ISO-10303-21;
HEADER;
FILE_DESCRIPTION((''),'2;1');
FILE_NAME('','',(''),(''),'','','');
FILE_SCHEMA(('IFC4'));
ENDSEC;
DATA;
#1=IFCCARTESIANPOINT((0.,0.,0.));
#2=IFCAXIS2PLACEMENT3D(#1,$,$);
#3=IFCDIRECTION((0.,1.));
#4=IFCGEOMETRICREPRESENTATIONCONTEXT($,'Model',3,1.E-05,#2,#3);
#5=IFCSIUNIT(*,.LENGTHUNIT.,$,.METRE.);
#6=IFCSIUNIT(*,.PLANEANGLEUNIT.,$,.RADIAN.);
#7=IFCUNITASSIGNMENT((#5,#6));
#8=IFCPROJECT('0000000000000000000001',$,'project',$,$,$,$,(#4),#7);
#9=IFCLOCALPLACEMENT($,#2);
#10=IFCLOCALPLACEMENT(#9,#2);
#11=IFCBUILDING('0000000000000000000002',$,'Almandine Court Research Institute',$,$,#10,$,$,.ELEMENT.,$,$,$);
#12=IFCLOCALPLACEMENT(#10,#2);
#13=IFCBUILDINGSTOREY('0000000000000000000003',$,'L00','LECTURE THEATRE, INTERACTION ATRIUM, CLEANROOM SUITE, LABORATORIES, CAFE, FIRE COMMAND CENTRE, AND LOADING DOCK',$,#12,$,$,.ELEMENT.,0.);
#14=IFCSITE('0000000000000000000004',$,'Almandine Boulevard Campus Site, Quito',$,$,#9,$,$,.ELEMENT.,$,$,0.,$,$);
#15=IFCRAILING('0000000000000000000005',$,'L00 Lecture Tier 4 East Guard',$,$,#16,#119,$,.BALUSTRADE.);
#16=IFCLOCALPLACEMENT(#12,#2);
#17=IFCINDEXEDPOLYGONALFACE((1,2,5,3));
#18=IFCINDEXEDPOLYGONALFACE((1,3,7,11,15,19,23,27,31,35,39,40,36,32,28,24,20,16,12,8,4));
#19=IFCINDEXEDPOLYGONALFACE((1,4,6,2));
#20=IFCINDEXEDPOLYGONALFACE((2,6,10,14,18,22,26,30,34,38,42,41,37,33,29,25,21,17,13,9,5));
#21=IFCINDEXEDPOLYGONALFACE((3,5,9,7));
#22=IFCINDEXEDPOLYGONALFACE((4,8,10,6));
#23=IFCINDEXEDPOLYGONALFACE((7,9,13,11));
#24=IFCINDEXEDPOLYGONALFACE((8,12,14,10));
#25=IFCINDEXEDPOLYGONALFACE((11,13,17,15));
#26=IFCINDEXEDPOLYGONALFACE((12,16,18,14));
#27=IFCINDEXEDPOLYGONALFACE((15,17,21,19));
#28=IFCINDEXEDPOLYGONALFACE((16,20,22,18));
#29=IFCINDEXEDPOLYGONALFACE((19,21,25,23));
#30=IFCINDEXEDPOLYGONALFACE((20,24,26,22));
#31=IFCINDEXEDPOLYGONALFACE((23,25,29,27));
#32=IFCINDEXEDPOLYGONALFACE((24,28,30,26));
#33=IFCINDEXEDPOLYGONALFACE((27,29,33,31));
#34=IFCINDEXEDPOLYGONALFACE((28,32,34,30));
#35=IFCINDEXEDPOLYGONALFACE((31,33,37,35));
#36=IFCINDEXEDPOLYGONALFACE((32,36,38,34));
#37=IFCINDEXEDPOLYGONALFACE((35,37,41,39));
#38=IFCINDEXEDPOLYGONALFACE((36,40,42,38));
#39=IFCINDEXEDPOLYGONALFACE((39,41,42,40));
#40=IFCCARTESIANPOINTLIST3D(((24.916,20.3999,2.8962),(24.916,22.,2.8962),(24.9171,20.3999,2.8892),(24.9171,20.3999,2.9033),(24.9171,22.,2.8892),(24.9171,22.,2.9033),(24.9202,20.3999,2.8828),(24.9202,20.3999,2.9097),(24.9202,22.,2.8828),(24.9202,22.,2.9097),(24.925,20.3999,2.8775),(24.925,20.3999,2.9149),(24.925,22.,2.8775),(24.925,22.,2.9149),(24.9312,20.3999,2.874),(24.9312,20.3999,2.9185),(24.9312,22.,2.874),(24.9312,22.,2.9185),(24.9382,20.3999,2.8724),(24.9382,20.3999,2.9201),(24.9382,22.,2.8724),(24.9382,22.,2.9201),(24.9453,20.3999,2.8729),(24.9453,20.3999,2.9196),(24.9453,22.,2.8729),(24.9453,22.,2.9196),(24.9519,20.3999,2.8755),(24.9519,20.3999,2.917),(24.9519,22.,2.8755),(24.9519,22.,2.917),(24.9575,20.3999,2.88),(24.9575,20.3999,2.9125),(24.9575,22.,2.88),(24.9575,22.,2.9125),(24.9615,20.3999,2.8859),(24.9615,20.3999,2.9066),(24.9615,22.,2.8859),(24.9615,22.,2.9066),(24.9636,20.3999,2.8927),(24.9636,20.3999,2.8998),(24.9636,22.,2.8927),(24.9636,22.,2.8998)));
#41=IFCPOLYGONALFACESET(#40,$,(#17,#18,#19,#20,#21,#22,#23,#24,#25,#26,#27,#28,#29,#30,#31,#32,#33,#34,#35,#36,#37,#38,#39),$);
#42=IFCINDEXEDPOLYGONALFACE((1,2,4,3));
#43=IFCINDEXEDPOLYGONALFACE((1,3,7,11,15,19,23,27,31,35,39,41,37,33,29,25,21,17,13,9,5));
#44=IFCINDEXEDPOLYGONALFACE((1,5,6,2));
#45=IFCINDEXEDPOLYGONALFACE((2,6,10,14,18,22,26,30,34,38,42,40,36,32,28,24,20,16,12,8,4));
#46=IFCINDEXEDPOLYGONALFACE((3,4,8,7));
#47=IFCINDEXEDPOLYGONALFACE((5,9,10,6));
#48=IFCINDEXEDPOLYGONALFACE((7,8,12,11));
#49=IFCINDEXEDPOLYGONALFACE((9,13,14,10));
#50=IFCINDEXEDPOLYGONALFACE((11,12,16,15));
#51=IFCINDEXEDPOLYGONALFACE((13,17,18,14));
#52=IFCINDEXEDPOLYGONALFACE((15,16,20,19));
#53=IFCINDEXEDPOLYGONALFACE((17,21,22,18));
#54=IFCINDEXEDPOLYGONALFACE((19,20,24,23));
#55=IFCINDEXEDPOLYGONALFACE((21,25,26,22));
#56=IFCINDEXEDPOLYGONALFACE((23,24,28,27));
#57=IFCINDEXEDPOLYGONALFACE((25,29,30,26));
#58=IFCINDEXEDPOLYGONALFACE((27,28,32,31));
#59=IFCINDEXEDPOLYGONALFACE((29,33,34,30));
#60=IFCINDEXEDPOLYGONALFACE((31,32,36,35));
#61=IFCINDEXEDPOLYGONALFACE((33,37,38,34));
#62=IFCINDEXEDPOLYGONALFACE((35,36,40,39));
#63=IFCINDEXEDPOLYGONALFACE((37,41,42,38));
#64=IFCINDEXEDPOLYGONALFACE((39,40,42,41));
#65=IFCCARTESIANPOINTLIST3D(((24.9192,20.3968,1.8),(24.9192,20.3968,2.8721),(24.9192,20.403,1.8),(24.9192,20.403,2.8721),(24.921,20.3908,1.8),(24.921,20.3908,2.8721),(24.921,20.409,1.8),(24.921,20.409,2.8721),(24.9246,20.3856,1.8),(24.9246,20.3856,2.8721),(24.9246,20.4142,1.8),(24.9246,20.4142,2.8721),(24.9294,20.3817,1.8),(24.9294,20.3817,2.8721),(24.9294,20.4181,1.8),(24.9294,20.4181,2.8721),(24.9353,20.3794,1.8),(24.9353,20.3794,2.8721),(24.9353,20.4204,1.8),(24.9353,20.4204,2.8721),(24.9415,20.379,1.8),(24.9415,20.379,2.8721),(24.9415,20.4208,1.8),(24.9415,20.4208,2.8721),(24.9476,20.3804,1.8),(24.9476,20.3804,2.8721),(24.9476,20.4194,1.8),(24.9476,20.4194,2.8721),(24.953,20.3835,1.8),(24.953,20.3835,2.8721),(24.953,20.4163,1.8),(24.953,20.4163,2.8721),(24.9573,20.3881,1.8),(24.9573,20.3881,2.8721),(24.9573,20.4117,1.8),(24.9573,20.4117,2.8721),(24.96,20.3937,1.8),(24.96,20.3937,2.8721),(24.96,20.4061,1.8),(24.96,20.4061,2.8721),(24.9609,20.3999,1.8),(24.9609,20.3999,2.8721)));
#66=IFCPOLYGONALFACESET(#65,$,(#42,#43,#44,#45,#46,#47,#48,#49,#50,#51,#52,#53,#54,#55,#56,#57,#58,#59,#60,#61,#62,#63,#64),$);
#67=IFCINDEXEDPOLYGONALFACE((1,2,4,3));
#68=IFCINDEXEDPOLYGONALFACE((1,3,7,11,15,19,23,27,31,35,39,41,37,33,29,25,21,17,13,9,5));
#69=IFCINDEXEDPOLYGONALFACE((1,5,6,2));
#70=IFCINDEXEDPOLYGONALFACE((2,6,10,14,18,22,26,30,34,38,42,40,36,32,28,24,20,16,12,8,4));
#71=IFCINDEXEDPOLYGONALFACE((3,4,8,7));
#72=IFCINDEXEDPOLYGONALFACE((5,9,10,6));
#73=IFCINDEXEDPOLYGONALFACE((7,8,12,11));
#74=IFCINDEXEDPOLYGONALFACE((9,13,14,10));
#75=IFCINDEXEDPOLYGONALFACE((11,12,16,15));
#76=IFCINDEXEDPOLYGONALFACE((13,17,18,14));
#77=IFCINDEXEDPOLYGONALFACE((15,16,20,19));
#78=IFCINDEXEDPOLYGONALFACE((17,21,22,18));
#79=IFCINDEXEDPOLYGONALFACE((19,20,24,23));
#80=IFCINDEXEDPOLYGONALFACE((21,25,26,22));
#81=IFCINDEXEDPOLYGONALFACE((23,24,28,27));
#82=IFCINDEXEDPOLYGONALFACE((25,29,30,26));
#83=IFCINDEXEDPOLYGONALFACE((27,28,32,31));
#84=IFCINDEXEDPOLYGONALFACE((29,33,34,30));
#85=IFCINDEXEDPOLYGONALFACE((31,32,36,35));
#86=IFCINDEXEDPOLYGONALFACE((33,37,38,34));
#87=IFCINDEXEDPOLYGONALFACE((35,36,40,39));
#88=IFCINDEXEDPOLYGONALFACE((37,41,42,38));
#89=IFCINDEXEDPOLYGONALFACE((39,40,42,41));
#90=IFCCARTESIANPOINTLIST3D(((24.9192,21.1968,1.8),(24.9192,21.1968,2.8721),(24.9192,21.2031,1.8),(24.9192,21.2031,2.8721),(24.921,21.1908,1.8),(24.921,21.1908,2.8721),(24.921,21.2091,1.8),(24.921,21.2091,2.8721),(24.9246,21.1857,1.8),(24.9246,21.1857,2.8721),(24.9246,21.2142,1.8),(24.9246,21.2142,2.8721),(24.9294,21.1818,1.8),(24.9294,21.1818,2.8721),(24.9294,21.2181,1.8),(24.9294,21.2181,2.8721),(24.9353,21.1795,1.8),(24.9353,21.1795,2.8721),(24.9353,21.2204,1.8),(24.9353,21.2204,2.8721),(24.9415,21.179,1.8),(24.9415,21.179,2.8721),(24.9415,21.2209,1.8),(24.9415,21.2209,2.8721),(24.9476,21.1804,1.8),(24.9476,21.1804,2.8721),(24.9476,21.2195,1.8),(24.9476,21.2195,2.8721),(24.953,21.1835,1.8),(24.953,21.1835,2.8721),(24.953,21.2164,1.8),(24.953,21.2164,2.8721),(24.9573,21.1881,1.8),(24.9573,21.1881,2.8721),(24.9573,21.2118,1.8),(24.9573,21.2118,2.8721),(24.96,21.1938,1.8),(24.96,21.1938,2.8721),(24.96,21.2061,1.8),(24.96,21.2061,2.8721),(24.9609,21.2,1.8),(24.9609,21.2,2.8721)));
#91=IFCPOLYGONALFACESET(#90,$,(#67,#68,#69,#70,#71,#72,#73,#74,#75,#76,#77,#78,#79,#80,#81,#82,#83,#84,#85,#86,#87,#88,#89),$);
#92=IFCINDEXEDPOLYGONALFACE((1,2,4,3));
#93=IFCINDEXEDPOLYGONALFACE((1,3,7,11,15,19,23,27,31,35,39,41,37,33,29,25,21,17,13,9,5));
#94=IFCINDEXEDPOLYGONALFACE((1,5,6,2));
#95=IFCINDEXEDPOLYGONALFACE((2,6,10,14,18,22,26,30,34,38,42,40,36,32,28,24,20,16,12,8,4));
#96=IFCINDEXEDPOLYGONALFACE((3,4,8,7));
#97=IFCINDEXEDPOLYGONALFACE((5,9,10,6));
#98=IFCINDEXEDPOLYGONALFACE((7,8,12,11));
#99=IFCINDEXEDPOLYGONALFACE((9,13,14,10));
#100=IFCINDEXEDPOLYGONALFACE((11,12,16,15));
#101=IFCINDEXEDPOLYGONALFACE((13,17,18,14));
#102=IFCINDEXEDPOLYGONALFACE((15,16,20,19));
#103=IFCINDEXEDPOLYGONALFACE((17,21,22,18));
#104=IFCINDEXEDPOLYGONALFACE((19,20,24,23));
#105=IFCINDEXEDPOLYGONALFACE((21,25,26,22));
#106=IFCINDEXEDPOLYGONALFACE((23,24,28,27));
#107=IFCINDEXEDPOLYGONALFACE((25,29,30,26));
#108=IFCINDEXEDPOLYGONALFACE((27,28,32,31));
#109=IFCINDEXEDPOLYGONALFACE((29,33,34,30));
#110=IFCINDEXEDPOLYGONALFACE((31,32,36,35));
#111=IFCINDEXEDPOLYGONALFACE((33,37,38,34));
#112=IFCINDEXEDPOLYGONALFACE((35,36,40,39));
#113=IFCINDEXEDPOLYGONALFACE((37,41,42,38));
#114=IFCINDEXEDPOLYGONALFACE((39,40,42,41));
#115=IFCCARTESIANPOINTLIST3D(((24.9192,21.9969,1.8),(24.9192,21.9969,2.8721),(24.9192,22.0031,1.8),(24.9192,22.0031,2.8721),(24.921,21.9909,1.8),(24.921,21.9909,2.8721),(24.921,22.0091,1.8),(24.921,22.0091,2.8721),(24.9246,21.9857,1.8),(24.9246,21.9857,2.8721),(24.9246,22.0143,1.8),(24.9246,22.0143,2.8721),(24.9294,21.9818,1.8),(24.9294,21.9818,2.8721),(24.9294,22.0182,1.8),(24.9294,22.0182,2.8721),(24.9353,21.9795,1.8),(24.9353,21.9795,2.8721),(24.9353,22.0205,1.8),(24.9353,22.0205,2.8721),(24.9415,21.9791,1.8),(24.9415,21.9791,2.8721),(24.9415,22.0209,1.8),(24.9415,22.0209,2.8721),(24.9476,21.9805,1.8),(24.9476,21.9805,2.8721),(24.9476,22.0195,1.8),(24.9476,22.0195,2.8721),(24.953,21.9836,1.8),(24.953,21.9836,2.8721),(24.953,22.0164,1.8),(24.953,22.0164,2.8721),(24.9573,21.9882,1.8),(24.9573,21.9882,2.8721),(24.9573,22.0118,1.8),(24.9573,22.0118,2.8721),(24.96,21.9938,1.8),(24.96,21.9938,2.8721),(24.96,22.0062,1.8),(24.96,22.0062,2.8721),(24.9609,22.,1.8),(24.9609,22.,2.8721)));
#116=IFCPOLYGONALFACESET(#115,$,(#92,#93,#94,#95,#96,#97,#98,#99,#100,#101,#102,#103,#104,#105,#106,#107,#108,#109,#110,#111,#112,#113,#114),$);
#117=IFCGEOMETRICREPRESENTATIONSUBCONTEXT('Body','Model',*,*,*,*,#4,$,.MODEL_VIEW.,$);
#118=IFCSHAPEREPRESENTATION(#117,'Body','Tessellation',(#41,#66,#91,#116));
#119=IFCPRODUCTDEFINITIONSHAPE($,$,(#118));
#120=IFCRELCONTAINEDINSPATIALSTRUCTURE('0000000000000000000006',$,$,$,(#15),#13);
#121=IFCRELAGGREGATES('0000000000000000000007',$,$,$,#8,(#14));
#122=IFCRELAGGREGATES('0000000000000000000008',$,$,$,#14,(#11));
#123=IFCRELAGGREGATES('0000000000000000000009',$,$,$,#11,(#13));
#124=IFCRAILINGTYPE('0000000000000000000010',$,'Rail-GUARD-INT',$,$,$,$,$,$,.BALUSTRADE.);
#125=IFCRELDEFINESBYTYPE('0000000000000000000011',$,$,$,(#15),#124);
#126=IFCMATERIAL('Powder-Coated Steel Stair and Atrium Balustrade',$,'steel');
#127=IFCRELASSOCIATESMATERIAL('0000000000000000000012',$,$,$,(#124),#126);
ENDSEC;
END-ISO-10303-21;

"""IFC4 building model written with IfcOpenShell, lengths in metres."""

from ifc_helpers import new_model, si_unit, direction, frame, origin, origin_2d, place, context, subcontext, project, spatial, circle, extrude, material, type_object, element, save


model = new_model("IFC4")

# Units and contexts
model_context = context("Model", 3, precision=1e-05, world=origin(), true_north=direction((0.0, 1.0)))
body_context = subcontext(model_context, "Body", "Model", "MODEL_VIEW")
ifc_project = project(units=[si_unit("LENGTHUNIT", "METRE"), si_unit("PLANEANGLEUNIT", "RADIAN")], contexts=[model_context])

# Site, building, storey
site_placement = place(None, origin())
site = spatial("IfcSite", under=ifc_project, at=site_placement, Name="Almandine Boulevard Campus Site, Quito", CompositionType="ELEMENT", RefElevation=0.0)
building_placement = place(site_placement, origin())
building = spatial("IfcBuilding", under=site, at=building_placement, Name="Almandine Court Research Institute", CompositionType="ELEMENT")
storey_placement = place(building_placement, origin())
storey = spatial("IfcBuildingStorey", under=building, at=storey_placement, Name="L00", Description="LECTURE THEATRE, INTERACTION ATRIUM, CLEANROOM SUITE, LABORATORIES, CAFE, FIRE COMMAND CENTRE, AND LOADING DOCK", CompositionType="ELEMENT", Elevation=0.0)

# Railing
ifc_material_1 = material(Name="Powder-Coated Steel Stair and Atrium Balustrade", Category="steel")
railing_type = type_object("IfcRailingType", Name="Rail-GUARD-INT", PredefinedType="BALUSTRADE", material=ifc_material_1)
railing_1_placement = place(storey_placement, frame((24.9399, 20.3999, 1.8)))
element("IfcRailing", 1, at=railing_1_placement, inside=storey, type_object=railing_type, Name="L00 Lecture Tier 4 East Guard", PredefinedType="BALUSTRADE", context=body_context, shape_type="SweptSolid", body=[
    extrude(circle(Radius=0.0239, at=origin_2d()), frame((0.0, 0.0, 1.0962), z_axis=(0.0, 1.0, 0.0), x_axis=(-1.0, 0.0, 0.0)), (0.0, 0.0, 1.0), 1.6001),
    extrude(circle(Radius=0.021, at=origin_2d()), origin(), (0.0, 0.0, 1.0), 1.072),
    extrude(circle(Radius=0.021, at=origin_2d()), frame((0.0, 0.8, 0.0)), (0.0, 0.0, 1.0), 1.072),
    extrude(circle(Radius=0.021, at=origin_2d()), frame((0.0, 1.6001, 0.0)), (0.0, 0.0, 1.0), 1.072),
])

save(model, "model.ifc")
